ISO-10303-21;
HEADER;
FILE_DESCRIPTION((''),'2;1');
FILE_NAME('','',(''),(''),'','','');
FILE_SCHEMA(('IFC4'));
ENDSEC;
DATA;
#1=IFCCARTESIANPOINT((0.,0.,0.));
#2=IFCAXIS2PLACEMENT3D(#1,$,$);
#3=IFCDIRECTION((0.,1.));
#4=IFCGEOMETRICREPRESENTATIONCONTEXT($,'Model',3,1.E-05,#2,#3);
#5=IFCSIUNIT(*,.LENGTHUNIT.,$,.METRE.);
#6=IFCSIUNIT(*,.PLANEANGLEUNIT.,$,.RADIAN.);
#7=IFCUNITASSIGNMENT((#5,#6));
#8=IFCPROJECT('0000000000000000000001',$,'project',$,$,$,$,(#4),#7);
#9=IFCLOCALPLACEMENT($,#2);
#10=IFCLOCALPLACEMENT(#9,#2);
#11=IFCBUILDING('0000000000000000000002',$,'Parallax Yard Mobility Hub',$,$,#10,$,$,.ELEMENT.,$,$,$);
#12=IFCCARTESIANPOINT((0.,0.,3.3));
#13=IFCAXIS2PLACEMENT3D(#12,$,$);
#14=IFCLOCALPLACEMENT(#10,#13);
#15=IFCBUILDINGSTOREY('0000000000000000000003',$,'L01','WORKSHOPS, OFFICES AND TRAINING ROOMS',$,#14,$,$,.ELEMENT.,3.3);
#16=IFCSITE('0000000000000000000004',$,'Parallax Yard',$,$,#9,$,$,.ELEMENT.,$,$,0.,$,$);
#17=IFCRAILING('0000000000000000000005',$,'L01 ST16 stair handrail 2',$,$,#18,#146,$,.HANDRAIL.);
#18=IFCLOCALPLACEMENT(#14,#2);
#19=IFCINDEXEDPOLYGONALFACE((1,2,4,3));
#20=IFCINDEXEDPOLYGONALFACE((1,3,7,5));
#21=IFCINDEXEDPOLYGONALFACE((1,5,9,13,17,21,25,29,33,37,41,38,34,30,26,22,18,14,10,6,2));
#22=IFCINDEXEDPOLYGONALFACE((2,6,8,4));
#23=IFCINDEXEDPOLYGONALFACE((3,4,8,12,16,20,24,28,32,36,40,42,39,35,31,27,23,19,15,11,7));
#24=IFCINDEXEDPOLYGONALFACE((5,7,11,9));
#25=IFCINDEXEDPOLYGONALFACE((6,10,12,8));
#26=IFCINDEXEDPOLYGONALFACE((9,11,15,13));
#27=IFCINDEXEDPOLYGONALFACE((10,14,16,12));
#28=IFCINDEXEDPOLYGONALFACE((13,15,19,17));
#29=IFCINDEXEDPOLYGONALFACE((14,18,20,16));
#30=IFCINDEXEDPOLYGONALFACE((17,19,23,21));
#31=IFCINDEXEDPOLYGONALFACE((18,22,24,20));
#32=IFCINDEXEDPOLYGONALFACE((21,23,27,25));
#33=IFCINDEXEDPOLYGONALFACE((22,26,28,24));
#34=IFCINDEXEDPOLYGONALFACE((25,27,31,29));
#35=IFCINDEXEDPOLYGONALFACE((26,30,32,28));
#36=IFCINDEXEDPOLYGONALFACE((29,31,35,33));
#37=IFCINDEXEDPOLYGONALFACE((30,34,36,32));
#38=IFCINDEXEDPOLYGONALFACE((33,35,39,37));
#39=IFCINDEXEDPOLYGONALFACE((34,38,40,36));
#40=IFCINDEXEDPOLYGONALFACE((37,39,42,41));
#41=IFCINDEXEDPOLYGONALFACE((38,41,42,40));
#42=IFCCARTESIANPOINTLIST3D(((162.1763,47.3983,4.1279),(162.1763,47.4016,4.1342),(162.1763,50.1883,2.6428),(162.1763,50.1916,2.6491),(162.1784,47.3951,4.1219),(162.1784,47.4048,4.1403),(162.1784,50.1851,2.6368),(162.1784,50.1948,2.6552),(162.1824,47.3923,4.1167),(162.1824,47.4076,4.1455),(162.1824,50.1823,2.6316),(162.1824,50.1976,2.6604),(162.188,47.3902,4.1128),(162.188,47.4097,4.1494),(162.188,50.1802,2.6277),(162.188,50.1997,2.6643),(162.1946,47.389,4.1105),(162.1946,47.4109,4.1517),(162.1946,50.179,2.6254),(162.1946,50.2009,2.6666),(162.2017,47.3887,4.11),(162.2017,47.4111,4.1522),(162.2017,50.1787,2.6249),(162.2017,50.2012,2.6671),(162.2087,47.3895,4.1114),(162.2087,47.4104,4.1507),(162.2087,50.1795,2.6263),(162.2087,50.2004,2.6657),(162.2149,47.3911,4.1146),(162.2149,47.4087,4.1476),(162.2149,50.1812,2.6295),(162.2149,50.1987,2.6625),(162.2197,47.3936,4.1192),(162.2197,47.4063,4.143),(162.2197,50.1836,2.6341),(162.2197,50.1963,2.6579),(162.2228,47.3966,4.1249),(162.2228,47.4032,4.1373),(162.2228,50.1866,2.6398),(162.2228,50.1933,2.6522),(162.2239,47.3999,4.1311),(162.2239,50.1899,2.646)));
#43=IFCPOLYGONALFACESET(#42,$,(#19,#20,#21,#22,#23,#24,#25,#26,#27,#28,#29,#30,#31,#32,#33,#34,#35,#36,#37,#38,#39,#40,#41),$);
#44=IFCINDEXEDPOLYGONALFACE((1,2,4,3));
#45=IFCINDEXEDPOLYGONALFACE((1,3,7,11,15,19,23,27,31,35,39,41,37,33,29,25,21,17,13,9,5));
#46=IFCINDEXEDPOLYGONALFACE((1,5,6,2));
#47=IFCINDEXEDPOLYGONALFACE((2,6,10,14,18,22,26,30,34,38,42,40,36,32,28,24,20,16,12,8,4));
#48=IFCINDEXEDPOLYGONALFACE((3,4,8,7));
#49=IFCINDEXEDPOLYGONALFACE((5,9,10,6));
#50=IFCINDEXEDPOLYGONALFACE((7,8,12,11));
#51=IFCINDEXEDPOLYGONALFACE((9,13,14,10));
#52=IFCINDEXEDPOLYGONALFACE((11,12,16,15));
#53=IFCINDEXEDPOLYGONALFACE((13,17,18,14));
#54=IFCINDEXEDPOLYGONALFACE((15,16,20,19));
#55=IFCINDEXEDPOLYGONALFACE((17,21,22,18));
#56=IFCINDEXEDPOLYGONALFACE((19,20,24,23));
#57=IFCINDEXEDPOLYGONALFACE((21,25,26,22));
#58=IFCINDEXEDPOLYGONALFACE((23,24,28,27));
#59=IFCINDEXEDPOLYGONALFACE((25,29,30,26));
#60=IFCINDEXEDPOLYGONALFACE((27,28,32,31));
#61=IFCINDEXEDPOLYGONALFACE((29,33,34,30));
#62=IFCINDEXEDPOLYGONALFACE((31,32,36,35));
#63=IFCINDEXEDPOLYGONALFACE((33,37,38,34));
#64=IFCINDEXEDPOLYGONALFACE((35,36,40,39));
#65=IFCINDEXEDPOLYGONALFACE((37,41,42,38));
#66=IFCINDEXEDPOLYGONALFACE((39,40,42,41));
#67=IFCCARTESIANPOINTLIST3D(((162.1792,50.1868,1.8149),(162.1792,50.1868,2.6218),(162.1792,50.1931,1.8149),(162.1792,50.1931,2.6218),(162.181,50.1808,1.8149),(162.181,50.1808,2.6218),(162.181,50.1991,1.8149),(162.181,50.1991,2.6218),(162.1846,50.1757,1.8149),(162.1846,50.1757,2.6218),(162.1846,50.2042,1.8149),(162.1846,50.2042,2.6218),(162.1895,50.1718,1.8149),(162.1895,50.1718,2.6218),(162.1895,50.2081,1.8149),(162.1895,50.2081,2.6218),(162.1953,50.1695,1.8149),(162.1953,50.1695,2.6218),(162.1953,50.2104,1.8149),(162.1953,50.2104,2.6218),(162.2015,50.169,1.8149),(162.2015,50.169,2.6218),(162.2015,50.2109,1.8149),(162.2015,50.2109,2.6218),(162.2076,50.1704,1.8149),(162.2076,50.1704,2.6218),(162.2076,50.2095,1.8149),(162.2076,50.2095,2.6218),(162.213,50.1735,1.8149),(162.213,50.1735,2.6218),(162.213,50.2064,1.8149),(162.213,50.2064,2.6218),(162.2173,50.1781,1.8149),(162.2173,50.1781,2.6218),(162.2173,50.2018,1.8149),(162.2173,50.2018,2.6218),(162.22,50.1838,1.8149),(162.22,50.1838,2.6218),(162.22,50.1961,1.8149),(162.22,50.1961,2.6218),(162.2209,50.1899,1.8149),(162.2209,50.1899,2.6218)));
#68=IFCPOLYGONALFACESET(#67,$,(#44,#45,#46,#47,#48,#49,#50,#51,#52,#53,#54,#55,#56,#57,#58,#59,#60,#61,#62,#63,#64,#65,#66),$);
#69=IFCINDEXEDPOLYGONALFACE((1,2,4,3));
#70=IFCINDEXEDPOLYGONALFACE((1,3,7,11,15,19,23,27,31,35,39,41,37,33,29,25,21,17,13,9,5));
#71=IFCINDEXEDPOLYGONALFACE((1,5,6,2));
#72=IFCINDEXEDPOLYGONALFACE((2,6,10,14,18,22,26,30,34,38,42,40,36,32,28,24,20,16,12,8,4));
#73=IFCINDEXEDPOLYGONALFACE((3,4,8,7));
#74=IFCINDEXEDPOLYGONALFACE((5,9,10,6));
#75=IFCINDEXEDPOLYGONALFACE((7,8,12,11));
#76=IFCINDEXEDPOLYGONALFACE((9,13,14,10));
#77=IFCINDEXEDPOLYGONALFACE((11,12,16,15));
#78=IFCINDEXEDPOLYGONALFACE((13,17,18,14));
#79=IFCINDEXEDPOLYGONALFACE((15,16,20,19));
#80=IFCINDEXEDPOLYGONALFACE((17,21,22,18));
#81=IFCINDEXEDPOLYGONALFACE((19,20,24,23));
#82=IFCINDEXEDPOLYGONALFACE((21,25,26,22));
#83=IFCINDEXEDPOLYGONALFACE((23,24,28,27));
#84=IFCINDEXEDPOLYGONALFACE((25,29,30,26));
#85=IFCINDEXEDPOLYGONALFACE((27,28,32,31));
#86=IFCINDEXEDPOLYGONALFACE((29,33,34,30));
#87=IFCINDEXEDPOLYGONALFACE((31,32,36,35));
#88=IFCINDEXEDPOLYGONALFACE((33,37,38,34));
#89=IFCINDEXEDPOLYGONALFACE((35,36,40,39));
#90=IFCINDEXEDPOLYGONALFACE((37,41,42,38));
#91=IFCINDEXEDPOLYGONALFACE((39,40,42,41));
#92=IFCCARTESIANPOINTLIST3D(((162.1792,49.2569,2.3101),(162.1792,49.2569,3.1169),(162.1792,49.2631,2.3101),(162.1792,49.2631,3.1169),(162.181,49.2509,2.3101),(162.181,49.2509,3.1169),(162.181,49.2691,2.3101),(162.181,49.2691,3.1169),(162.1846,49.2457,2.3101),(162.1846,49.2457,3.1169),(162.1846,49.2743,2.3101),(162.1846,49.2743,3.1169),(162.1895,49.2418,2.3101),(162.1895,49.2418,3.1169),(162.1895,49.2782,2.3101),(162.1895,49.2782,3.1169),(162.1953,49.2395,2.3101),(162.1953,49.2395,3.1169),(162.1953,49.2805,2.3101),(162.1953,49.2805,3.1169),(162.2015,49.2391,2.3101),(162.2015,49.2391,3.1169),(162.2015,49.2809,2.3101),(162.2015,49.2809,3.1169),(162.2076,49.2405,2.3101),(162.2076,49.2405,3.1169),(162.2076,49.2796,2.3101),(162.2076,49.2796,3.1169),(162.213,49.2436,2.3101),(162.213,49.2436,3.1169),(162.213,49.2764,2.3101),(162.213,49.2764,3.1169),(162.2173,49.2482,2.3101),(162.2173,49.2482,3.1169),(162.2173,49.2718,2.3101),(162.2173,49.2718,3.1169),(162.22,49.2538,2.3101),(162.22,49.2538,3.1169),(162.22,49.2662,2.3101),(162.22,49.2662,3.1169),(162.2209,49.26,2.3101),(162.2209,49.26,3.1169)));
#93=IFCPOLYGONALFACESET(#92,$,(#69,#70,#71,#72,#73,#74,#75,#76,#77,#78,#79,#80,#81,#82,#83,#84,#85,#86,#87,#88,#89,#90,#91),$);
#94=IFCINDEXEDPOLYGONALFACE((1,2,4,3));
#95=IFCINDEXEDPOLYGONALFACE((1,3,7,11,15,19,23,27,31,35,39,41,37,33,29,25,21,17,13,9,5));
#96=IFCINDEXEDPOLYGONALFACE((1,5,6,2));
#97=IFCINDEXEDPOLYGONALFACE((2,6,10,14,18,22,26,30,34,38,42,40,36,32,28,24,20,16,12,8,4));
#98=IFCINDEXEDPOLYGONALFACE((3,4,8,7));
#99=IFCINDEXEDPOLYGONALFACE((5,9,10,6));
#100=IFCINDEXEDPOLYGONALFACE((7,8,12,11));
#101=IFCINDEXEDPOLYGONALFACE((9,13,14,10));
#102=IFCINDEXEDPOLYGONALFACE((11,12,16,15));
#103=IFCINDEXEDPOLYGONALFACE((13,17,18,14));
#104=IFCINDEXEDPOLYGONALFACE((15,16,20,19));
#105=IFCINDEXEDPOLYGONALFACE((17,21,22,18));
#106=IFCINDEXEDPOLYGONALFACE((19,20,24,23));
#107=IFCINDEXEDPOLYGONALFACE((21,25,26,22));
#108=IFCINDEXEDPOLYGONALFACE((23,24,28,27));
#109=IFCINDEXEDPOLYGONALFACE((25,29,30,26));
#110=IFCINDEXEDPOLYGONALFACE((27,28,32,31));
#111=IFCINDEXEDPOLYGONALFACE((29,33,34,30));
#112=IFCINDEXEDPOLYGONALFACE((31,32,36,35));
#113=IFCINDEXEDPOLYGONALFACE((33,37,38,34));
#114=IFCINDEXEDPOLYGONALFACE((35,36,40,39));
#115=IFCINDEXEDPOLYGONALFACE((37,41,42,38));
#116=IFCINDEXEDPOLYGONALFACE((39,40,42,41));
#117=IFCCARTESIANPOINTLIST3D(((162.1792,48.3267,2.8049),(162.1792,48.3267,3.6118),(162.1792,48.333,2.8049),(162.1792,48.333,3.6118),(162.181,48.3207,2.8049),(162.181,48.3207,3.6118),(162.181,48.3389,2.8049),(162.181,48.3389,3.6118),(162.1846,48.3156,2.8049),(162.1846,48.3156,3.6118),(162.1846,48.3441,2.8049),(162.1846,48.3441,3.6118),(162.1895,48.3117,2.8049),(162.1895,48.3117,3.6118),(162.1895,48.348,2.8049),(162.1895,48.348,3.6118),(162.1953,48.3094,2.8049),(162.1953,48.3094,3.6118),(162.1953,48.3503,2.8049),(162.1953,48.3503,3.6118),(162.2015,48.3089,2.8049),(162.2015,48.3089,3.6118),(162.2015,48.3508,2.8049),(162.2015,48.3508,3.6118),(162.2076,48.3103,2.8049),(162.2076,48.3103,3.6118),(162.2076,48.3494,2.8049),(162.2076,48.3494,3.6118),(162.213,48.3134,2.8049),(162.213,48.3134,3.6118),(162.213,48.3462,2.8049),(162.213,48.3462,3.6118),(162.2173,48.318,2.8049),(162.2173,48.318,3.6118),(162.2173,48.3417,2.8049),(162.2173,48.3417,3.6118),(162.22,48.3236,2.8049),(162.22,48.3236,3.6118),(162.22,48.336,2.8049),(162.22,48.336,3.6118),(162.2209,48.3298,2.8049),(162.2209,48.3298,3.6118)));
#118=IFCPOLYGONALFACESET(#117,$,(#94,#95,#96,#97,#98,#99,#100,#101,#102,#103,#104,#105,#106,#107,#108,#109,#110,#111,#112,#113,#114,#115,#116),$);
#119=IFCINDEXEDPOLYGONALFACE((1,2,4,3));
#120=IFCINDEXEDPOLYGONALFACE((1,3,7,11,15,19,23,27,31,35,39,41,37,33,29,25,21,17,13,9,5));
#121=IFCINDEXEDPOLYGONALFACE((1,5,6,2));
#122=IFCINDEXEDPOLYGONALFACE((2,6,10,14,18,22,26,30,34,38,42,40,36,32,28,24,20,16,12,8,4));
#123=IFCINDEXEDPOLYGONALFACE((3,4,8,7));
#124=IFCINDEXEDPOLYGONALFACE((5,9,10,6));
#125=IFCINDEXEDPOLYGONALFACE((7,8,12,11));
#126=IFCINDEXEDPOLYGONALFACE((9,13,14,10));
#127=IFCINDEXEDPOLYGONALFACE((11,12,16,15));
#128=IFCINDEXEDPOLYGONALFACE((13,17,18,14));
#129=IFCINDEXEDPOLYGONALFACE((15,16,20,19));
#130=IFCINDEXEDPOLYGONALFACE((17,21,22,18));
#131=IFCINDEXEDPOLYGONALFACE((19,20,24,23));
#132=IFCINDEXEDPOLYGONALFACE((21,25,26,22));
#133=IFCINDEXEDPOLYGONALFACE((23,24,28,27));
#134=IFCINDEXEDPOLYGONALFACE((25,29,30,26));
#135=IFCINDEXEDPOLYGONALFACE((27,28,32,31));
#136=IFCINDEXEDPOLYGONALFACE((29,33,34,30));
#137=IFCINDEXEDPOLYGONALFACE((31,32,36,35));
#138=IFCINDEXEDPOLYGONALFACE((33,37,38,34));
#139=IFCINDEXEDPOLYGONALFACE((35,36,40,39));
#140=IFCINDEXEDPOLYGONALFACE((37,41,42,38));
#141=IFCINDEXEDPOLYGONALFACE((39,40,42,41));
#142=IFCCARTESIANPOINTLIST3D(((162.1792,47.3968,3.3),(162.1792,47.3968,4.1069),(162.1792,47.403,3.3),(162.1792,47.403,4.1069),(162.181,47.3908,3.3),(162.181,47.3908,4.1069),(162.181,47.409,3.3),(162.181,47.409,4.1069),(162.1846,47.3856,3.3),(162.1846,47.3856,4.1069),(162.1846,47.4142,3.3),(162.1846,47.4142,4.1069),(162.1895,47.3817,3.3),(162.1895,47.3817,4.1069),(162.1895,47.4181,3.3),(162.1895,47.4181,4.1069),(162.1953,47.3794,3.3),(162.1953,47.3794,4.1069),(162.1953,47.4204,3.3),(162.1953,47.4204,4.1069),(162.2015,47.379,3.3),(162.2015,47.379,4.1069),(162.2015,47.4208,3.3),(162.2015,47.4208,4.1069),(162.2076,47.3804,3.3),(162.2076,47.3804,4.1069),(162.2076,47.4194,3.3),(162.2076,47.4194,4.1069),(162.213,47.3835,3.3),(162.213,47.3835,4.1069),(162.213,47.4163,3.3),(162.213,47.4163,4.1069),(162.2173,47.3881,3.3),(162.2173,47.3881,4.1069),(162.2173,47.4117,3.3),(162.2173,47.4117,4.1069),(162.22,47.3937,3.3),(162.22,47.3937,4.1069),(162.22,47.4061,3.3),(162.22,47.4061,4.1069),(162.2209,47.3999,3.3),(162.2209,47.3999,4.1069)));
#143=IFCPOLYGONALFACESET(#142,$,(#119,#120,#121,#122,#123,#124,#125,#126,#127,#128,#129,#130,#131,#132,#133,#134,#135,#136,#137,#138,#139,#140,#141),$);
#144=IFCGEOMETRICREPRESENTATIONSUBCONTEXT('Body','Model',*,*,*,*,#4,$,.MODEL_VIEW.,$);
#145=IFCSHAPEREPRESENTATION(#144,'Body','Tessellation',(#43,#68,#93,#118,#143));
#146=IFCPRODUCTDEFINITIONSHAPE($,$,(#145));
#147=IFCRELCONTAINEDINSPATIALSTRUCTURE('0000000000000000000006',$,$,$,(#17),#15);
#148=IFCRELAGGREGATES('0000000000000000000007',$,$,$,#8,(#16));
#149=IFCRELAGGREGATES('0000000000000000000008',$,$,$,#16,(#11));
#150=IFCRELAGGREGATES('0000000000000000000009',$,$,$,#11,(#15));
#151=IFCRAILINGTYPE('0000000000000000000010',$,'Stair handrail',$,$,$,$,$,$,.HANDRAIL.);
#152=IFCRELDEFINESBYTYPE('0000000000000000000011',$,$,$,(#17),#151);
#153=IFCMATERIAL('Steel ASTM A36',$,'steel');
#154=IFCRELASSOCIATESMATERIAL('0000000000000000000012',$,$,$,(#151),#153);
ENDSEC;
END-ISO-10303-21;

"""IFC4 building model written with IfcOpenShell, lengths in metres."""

from ifc_helpers import new_model, si_unit, direction, frame, origin, origin_2d, place, context, subcontext, project, spatial, circle, extrude, material, type_object, element, save


model = new_model("IFC4")

# Units and contexts
model_context = context("Model", 3, precision=1e-05, world=origin(), true_north=direction((0.0, 1.0)))
body_context = subcontext(model_context, "Body", "Model", "MODEL_VIEW")
ifc_project = project(units=[si_unit("LENGTHUNIT", "METRE"), si_unit("PLANEANGLEUNIT", "RADIAN")], contexts=[model_context])

# Site, building, storey
site_placement = place(None, origin())
site = spatial("IfcSite", under=ifc_project, at=site_placement, Name="Parallax Yard", CompositionType="ELEMENT", RefElevation=0.0)
building_placement = place(site_placement, origin())
building = spatial("IfcBuilding", under=site, at=building_placement, Name="Parallax Yard Mobility Hub", CompositionType="ELEMENT")
storey_placement = place(building_placement, frame((0.0, 0.0, 3.3)))
storey = spatial("IfcBuildingStorey", under=building, at=storey_placement, Name="L01", Description="WORKSHOPS, OFFICES AND TRAINING ROOMS", CompositionType="ELEMENT", Elevation=3.3)

# Railing
ifc_material_1 = material(Name="Steel ASTM A36", Category="steel")
railing_type_1 = type_object("IfcRailingType", Name="Stair handrail", PredefinedType="HANDRAIL", material=ifc_material_1)
for number, where, name in (
    (1, (162.2, 50.1899, 1.8149), "L01 ST16 stair handrail 2"),
):
    element("IfcRailing", number, at=place(storey_placement, frame(where)), inside=storey, type_object=railing_type_1, Name=name, PredefinedType="HANDRAIL", context=body_context, shape_type="SweptSolid", body=[
        extrude(circle(Radius=0.0239, at=origin_2d()), frame((0.0, 0.0, 0.8311), z_axis=(0.0, -0.882735, 0.46987), x_axis=(1.0, 0.0, 0.0)), (0.0, 0.0, 1.0), 3.1606),
        extrude(circle(Radius=0.021, at=origin_2d()), origin(), (0.0, 0.0, 1.0), 0.8069),
        extrude(circle(Radius=0.021, at=origin_2d()), frame((0.0, -0.9299, 0.4951)), (0.0, 0.0, 1.0), 0.8069),
        extrude(circle(Radius=0.021, at=origin_2d()), frame((0.0, -1.8601, 0.99)), (0.0, 0.0, 1.0), 0.8069),
        extrude(circle(Radius=0.021, at=origin_2d()), frame((0.0, -2.79, 1.4851)), (0.0, 0.0, 1.0), 0.8069),
    ])

save(model, "model.ifc")
